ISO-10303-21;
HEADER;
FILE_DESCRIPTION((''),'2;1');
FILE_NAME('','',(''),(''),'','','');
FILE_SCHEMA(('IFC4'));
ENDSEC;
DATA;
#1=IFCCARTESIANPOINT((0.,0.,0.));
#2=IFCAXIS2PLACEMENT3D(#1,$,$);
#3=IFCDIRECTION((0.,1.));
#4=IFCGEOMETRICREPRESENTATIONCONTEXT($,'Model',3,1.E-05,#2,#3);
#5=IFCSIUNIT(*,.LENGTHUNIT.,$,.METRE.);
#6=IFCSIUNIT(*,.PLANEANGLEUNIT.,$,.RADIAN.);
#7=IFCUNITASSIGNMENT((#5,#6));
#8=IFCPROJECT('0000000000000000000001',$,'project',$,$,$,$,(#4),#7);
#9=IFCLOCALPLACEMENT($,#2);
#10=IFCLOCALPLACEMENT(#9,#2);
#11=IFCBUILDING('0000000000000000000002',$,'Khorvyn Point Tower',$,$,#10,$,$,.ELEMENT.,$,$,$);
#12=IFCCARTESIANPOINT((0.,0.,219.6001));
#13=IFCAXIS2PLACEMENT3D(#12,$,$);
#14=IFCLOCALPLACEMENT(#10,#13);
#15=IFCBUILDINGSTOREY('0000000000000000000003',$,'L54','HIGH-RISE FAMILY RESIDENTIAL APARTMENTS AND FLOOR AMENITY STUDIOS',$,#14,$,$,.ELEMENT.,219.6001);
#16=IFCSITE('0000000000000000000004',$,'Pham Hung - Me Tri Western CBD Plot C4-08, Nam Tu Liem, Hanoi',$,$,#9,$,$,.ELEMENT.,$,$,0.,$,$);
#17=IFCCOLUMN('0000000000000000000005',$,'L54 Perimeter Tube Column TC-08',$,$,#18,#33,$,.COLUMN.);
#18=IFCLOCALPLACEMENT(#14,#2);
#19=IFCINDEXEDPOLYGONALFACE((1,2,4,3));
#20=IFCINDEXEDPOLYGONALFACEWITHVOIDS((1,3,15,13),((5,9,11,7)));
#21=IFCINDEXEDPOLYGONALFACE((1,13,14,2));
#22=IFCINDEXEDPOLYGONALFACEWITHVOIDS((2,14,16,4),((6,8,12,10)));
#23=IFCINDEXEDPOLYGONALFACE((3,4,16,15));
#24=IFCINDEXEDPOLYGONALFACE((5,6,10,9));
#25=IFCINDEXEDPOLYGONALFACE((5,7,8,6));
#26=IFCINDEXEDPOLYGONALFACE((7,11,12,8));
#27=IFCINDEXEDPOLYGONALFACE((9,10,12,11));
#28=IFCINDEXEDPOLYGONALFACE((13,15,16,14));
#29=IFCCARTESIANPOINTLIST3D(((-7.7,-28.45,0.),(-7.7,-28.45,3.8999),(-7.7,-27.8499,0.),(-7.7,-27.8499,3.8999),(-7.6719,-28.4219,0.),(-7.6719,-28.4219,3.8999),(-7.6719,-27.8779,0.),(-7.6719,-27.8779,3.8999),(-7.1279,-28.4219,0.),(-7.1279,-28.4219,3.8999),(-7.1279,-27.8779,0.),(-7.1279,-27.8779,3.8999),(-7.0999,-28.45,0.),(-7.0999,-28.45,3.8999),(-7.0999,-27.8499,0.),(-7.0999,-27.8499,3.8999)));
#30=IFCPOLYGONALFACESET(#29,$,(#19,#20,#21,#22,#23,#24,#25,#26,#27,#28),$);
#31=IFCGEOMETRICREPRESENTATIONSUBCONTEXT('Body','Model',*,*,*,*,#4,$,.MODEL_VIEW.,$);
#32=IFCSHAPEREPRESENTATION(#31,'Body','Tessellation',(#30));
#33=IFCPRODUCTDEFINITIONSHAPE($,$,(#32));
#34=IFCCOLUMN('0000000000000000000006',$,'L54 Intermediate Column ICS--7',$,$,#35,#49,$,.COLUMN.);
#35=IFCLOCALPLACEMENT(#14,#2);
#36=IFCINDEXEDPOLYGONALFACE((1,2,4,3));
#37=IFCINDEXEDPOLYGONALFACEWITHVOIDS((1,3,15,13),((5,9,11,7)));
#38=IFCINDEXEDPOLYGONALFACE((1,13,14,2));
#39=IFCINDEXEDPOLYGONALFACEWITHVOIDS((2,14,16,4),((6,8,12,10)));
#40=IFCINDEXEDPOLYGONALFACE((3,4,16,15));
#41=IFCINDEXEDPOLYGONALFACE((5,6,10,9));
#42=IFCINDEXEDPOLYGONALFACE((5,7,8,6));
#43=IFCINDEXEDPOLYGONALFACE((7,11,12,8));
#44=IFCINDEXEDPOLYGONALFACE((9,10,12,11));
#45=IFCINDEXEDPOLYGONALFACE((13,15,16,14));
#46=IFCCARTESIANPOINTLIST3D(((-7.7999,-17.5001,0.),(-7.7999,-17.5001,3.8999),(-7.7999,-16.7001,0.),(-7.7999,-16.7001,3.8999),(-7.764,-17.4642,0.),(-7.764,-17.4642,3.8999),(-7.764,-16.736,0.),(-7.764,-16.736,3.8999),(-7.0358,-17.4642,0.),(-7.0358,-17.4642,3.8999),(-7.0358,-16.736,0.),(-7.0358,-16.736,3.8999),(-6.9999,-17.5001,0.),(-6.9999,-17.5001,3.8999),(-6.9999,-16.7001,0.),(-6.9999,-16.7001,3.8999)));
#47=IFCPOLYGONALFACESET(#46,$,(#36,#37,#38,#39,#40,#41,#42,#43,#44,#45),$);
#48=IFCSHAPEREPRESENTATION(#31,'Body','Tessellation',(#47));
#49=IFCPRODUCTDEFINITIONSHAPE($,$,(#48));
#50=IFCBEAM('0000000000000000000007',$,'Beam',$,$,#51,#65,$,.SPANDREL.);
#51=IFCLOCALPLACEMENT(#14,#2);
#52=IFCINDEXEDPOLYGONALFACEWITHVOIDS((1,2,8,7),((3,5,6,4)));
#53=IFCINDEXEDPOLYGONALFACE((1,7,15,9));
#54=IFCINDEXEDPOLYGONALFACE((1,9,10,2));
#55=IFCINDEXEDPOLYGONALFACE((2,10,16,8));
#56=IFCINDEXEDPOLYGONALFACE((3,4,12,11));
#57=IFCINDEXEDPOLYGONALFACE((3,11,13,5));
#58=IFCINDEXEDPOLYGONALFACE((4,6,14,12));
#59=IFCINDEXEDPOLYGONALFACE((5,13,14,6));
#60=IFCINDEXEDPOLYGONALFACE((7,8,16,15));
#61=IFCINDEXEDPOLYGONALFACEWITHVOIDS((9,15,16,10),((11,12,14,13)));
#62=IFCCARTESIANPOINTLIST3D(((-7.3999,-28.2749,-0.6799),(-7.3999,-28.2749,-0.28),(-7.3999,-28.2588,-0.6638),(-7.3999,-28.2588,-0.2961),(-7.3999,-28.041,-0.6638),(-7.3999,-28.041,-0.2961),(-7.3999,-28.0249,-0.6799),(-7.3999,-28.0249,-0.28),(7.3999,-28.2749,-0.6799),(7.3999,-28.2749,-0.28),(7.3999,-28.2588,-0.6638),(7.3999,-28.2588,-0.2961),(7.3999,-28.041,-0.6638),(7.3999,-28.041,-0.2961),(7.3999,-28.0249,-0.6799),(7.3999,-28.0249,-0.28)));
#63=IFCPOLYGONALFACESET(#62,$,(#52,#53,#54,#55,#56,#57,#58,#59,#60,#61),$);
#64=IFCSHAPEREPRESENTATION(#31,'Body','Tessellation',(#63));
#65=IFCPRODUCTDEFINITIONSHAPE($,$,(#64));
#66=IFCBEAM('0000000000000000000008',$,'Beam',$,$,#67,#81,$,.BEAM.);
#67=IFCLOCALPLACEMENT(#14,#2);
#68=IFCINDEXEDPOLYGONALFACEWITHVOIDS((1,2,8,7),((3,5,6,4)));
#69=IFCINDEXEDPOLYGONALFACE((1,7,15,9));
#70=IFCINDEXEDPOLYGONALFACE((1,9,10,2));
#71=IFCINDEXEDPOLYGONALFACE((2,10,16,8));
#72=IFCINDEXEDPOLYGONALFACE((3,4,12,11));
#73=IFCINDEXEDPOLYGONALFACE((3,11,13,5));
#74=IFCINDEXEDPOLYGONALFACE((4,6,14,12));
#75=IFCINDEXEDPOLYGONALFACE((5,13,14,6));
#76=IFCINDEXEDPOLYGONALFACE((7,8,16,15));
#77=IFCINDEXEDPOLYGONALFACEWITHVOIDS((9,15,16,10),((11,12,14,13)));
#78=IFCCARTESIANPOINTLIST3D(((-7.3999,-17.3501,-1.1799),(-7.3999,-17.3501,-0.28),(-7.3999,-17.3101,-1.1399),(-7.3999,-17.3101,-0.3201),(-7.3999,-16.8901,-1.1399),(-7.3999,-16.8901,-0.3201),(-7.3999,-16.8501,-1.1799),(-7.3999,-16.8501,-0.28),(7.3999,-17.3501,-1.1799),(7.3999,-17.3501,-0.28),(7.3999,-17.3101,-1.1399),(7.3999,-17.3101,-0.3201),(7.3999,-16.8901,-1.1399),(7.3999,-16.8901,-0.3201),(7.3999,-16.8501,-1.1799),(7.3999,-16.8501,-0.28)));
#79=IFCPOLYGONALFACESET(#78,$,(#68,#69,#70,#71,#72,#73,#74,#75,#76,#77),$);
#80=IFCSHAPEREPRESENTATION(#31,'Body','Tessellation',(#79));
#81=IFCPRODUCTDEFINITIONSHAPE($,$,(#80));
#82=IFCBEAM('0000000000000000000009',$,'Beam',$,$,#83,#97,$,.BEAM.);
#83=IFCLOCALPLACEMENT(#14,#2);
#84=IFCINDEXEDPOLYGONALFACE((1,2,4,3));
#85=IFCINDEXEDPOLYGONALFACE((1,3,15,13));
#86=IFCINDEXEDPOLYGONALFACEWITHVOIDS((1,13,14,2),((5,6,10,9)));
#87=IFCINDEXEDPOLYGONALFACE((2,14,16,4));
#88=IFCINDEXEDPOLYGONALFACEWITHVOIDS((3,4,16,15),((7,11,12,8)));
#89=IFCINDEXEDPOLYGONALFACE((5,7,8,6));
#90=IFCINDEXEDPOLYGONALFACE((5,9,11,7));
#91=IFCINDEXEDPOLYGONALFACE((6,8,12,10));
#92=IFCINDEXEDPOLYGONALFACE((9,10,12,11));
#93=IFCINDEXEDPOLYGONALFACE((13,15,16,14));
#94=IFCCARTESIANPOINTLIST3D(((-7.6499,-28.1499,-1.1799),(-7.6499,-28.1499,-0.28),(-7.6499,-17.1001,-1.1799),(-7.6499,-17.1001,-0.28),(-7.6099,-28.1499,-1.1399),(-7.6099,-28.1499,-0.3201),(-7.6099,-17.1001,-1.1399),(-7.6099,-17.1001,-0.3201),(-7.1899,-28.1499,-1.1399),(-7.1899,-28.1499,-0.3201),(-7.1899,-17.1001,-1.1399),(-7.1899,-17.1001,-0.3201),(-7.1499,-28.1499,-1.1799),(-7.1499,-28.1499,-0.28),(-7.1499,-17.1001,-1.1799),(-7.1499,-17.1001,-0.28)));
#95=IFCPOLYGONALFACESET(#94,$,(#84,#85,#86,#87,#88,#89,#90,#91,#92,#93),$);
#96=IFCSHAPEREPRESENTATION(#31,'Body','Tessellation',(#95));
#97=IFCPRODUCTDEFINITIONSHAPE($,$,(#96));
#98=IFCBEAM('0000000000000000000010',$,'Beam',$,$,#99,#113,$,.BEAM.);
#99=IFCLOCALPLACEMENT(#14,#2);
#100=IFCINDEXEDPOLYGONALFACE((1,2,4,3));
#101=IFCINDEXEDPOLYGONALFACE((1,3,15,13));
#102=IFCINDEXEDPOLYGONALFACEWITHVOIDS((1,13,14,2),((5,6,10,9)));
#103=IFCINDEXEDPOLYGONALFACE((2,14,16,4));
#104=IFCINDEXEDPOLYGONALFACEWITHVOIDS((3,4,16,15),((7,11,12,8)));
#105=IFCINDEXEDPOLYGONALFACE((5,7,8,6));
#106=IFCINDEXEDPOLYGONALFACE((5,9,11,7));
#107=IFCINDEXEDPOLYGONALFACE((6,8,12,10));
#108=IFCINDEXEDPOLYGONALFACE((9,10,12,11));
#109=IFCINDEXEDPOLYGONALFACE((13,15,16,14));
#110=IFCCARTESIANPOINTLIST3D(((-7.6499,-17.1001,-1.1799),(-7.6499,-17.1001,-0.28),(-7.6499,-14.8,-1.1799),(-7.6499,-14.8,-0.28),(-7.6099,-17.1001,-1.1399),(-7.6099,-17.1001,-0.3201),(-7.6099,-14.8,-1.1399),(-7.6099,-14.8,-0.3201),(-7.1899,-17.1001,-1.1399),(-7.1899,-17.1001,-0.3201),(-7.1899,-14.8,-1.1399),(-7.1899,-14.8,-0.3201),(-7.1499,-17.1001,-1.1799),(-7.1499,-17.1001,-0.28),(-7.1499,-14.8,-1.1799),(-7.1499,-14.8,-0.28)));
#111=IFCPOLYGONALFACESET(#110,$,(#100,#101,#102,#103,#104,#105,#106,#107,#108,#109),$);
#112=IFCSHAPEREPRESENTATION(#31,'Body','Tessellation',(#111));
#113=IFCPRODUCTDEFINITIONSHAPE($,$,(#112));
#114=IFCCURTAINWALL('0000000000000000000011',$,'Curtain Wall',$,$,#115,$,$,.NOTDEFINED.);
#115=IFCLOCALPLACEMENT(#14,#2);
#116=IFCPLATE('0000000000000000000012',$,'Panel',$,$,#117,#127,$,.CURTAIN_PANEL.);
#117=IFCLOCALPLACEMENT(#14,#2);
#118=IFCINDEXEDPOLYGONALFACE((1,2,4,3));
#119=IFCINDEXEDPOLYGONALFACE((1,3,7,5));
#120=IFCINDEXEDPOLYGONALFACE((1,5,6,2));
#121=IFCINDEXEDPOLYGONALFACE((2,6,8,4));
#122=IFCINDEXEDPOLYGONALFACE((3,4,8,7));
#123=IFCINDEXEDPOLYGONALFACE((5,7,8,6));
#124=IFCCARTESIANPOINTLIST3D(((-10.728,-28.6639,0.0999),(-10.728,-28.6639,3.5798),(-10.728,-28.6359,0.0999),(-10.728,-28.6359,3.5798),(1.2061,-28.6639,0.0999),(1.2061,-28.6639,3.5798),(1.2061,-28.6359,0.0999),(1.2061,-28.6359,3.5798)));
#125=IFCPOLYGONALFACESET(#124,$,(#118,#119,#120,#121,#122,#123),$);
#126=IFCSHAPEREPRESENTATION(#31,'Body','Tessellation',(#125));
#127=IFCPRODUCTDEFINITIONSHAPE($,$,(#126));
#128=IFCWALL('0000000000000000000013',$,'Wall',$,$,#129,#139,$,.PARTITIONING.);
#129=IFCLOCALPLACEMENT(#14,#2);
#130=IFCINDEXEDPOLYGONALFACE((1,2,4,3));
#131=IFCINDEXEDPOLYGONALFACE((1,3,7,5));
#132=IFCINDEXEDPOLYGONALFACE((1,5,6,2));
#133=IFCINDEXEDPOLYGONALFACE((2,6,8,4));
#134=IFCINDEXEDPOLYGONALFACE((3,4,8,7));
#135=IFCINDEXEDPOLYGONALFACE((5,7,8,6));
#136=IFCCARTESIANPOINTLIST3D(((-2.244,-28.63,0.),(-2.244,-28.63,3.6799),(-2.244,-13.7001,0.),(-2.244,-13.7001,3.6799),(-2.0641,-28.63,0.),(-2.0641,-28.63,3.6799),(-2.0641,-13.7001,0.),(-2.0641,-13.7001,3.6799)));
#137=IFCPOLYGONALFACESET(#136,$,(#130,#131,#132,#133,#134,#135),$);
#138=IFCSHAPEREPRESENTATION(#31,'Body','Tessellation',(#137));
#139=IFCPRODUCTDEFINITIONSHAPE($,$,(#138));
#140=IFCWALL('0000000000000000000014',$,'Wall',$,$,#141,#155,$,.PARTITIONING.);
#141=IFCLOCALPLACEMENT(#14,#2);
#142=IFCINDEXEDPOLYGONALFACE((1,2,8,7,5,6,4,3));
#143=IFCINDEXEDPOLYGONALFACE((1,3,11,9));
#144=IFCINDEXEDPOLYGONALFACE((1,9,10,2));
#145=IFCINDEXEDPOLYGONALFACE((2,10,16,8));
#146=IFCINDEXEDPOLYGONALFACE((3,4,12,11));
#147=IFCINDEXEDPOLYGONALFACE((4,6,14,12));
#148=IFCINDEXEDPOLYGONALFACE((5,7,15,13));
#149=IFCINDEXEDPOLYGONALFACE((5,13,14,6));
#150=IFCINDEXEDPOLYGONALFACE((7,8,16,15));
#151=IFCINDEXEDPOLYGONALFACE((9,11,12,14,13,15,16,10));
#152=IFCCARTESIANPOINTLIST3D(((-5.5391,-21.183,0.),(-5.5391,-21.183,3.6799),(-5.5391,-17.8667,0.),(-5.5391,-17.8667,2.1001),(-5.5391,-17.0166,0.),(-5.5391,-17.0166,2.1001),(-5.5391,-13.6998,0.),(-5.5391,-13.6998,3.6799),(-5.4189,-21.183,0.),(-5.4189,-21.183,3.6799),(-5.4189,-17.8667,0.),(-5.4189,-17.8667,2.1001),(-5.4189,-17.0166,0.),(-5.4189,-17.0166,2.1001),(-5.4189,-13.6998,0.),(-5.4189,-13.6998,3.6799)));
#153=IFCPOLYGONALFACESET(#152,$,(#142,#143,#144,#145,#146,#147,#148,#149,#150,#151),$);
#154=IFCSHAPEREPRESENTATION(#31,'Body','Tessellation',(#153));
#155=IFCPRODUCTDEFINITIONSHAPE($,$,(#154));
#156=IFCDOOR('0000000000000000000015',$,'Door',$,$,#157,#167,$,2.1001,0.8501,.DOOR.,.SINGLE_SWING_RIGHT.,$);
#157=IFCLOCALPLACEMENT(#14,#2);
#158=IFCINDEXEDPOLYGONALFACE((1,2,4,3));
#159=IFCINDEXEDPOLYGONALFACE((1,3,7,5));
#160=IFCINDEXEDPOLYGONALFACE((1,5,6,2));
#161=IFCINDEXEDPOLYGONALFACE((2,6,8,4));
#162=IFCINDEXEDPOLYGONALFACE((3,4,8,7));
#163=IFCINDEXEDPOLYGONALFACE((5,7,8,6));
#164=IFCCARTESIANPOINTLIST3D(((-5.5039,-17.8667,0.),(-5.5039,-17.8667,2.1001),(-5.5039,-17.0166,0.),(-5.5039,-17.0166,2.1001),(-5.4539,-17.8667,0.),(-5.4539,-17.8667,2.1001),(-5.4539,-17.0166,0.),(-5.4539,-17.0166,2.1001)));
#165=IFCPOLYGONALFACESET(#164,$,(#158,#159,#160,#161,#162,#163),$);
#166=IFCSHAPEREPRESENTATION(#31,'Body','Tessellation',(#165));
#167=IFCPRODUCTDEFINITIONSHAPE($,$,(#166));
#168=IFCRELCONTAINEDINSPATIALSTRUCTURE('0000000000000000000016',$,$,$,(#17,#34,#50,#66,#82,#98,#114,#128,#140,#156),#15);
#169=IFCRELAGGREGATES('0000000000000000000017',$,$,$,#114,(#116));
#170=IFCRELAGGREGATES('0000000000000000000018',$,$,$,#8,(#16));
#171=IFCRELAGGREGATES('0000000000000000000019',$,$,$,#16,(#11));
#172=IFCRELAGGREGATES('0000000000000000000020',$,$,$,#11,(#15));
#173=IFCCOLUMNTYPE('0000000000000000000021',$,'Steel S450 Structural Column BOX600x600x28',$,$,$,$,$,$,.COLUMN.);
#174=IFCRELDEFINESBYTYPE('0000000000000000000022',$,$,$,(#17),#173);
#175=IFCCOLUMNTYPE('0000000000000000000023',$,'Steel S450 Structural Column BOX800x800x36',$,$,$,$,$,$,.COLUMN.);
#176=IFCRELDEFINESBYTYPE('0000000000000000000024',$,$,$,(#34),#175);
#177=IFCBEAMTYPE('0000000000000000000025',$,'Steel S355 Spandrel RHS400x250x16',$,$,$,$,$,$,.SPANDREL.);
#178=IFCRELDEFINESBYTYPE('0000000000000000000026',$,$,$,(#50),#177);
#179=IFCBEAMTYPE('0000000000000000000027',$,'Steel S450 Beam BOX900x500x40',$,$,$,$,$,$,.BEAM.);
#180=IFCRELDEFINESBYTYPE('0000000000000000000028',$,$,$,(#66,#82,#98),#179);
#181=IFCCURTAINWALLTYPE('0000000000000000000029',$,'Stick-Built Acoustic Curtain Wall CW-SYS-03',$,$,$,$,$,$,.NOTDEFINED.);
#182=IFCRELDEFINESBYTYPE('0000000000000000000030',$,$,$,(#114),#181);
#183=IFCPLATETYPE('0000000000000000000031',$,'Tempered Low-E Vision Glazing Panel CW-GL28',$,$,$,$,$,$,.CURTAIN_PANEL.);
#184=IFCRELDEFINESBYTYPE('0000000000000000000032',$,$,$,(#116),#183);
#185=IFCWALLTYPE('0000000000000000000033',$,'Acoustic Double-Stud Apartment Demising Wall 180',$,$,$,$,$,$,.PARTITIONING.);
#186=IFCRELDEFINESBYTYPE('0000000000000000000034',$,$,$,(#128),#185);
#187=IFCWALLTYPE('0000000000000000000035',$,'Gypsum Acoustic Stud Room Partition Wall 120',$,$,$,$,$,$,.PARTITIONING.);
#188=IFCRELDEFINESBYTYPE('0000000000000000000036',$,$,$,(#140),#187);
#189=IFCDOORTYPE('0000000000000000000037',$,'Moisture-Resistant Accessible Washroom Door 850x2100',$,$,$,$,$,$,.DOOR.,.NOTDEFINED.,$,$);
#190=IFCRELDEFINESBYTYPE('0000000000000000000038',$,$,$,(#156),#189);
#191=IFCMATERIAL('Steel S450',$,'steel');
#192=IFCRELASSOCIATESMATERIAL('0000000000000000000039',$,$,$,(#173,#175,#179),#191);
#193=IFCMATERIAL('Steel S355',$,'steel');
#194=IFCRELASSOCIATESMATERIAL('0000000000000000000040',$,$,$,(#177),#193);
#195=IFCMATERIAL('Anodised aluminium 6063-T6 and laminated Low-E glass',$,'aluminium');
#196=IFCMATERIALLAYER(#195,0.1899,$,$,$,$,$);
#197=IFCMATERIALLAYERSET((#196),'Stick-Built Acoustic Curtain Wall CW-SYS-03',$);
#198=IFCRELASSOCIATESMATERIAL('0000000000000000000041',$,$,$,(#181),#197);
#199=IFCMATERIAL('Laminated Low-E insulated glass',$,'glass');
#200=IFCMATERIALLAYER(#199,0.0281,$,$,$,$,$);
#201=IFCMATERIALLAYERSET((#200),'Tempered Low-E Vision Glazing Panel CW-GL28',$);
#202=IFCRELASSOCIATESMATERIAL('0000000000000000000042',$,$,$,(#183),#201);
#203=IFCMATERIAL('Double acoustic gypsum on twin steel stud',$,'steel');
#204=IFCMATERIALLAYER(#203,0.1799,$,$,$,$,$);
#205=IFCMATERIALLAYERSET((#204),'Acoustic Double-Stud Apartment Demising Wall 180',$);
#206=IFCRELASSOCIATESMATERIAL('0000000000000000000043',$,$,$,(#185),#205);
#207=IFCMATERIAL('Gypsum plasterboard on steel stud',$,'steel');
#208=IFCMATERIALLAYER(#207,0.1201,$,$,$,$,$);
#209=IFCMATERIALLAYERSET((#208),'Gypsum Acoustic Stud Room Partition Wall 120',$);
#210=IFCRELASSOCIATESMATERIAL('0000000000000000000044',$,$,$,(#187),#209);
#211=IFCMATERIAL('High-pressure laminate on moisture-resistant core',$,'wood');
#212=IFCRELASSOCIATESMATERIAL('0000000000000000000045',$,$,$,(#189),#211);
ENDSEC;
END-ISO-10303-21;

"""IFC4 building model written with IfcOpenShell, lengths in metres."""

from ifc_helpers import new_model, si_unit, direction, frame, frame_2d, origin, origin_2d, place, context, subcontext, project, spatial, rectangle, hollow_rectangle, extrude, material, layer, layer_set, material_profile, profile_set, type_object, element, fill, aggregate, save


model = new_model("IFC4")

# Units and contexts
model_context = context("Model", 3, precision=1e-05, world=origin(), true_north=direction((0.0, 1.0)))
body_context = subcontext(model_context, "Body", "Model", "MODEL_VIEW")
ifc_project = project(units=[si_unit("LENGTHUNIT", "METRE"), si_unit("PLANEANGLEUNIT", "RADIAN")], contexts=[model_context])

# Site, building, storey
site_placement = place(None, origin())
site = spatial("IfcSite", under=ifc_project, at=site_placement, Name="Pham Hung - Me Tri Western CBD Plot C4-08, Nam Tu Liem, Hanoi", CompositionType="ELEMENT", RefElevation=0.0)
building_placement = place(site_placement, origin())
building = spatial("IfcBuilding", under=site, at=building_placement, Name="Khorvyn Point Tower", CompositionType="ELEMENT")
storey_placement = place(building_placement, frame((0.0, 0.0, 219.6001)))
storey = spatial("IfcBuildingStorey", under=building, at=storey_placement, Name="L54", Description="HIGH-RISE FAMILY RESIDENTIAL APARTMENTS AND FLOOR AMENITY STUDIOS", CompositionType="ELEMENT", Elevation=219.6001)

# Columns
ifc_material_1 = material(Name="Steel S450", Category="steel")
ifc_material_profile_1 = material_profile(ifc_material_1, hollow_rectangle(XDim=0.6001, YDim=0.6001, WallThickness=0.0281, at=origin_2d()))
ifc_profile_set_1 = profile_set([ifc_material_profile_1], Name="Steel S450 BOX600x600x28")
column_type_1 = type_object("IfcColumnType", Name="Steel S450 Structural Column BOX600x600x28", PredefinedType="COLUMN", material=ifc_profile_set_1)
column_1_placement = place(storey_placement, frame((-7.3999, -28.1499, 0.0), z_axis=(0.0, 0.0, 1.0), x_axis=(1.0, 0.0, 0.0)))
element("IfcColumn", 1, at=column_1_placement, inside=storey, type_object=column_type_1, Name="L54 Perimeter Tube Column TC-08", PredefinedType="COLUMN", context=body_context, shape_type="SweptSolid", body=[
    extrude(hollow_rectangle(XDim=0.6001, YDim=0.6001, WallThickness=0.0281, at=origin_2d()), origin(), (0.0, 0.0, 1.0), 3.8999),
])
ifc_material_profile_2 = material_profile(ifc_material_1, hollow_rectangle(XDim=0.8, YDim=0.8, WallThickness=0.0359, at=origin_2d()))
ifc_profile_set_2 = profile_set([ifc_material_profile_2], Name="Steel S450 BOX800x800x36")
column_type_2 = type_object("IfcColumnType", Name="Steel S450 Structural Column BOX800x800x36", PredefinedType="COLUMN", material=ifc_profile_set_2)
column_2_placement = place(storey_placement, frame((-7.3999, -17.1001, 0.0), z_axis=(0.0, 0.0, 1.0), x_axis=(1.0, 0.0, 0.0)))
element("IfcColumn", 2, at=column_2_placement, inside=storey, type_object=column_type_2, Name="L54 Intermediate Column ICS--7", PredefinedType="COLUMN", context=body_context, shape_type="SweptSolid", body=[
    extrude(hollow_rectangle(XDim=0.8, YDim=0.8, WallThickness=0.0359, at=origin_2d()), origin(), (0.0, 0.0, 1.0), 3.8999),
])

# Beams
ifc_material_2 = material(Name="Steel S355", Category="steel")
ifc_material_profile_3 = material_profile(ifc_material_2, hollow_rectangle(XDim=0.25, YDim=0.3999, WallThickness=0.0161, at=origin_2d()))
ifc_profile_set_3 = profile_set([ifc_material_profile_3], Name="Steel S355 RHS400x250x16")
beam_type_1 = type_object("IfcBeamType", Name="Steel S355 Spandrel RHS400x250x16", PredefinedType="SPANDREL", material=ifc_profile_set_3)
beam_1_placement = place(storey_placement, frame((-7.3999, -28.1499, -0.48), z_axis=(1.0, 0.0, 0.0), x_axis=(0.0, 1.0, 0.0)))
element("IfcBeam", 3, at=beam_1_placement, inside=storey, type_object=beam_type_1, Name="Beam", PredefinedType="SPANDREL", context=body_context, shape_type="SweptSolid", body=[
    extrude(hollow_rectangle(XDim=0.25, YDim=0.3999, WallThickness=0.0161, at=origin_2d()), origin(), (0.0, 0.0, 1.0), 14.7998),
])
ifc_material_profile_4 = material_profile(ifc_material_1, hollow_rectangle(XDim=0.5, YDim=0.8999, WallThickness=0.04, at=origin_2d()))
ifc_profile_set_4 = profile_set([ifc_material_profile_4], Name="Steel S450 BOX900x500x40")
beam_type_2 = type_object("IfcBeamType", Name="Steel S450 Beam BOX900x500x40", PredefinedType="BEAM", material=ifc_profile_set_4)
beam_2_placement = place(storey_placement, frame((-7.3999, -17.1001, -0.73), z_axis=(1.0, 0.0, 0.0), x_axis=(0.0, 1.0, 0.0)))
element("IfcBeam", 4, at=beam_2_placement, inside=storey, type_object=beam_type_2, Name="Beam", PredefinedType="BEAM", context=body_context, shape_type="SweptSolid", body=[
    extrude(hollow_rectangle(XDim=0.5, YDim=0.8999, WallThickness=0.04, at=origin_2d()), origin(), (0.0, 0.0, 1.0), 14.7998),
])
beam_3_placement = place(storey_placement, frame((-7.3999, -28.1499, -0.73), z_axis=(0.0, 1.0, 0.0), x_axis=(-1.0, 0.0, 0.0)))
element("IfcBeam", 5, at=beam_3_placement, inside=storey, type_object=beam_type_2, Name="Beam", PredefinedType="BEAM", context=body_context, shape_type="SweptSolid", body=[
    extrude(hollow_rectangle(XDim=0.5, YDim=0.8999, WallThickness=0.04, at=origin_2d()), origin(), (0.0, 0.0, 1.0), 11.0498),
])
beam_4_placement = place(storey_placement, frame((-7.3999, -17.1001, -0.73), z_axis=(0.0, 1.0, 0.0), x_axis=(-1.0, 0.0, 0.0)))
element("IfcBeam", 6, at=beam_4_placement, inside=storey, type_object=beam_type_2, Name="Beam", PredefinedType="BEAM", context=body_context, shape_type="SweptSolid", body=[
    extrude(hollow_rectangle(XDim=0.5, YDim=0.8999, WallThickness=0.04, at=origin_2d()), origin(), (0.0, 0.0, 1.0), 2.3),
])

# Curtain wall, plate
ifc_material_3 = material(Name="Anodised aluminium 6063-T6 and laminated Low-E glass", Category="aluminium")
ifc_layer_1 = layer(ifc_material_3, 0.1899)
ifc_layer_set_1 = layer_set([ifc_layer_1], Name="Stick-Built Acoustic Curtain Wall CW-SYS-03")
curtain_wall_type = type_object("IfcCurtainWallType", Name="Stick-Built Acoustic Curtain Wall CW-SYS-03", PredefinedType="NOTDEFINED", material=ifc_layer_set_1)
curtain_wall_placement = place(storey_placement, origin())
curtain_wall = element("IfcCurtainWall", 7, at=curtain_wall_placement, inside=storey, type_object=curtain_wall_type, Name="Curtain Wall", PredefinedType="NOTDEFINED")
ifc_material_4 = material(Name="Laminated Low-E insulated glass", Category="glass")
ifc_layer_2 = layer(ifc_material_4, 0.0281)
ifc_layer_set_2 = layer_set([ifc_layer_2], Name="Tempered Low-E Vision Glazing Panel CW-GL28")
plate_type = type_object("IfcPlateType", Name="Tempered Low-E Vision Glazing Panel CW-GL28", PredefinedType="CURTAIN_PANEL", material=ifc_layer_set_2)
plate_placement = place(storey_placement, frame((-4.761, -28.6499, 0.0999), z_axis=(0.0, 0.0, 1.0), x_axis=(-1.0, 0.0, 0.0)))
plate = element("IfcPlate", 8, at=plate_placement, type_object=plate_type, Name="Panel", PredefinedType="CURTAIN_PANEL", context=body_context, shape_type="SweptSolid", body=[
    extrude(rectangle(XDim=11.9341, YDim=0.0281, at=origin_2d()), origin(), (0.0, 0.0, 1.0), 3.48),
])
aggregate(curtain_wall, [plate])

# Wall
ifc_material_5 = material(Name="Double acoustic gypsum on twin steel stud", Category="steel")
ifc_layer_3 = layer(ifc_material_5, 0.1799)
ifc_layer_set_3 = layer_set([ifc_layer_3], Name="Acoustic Double-Stud Apartment Demising Wall 180")
wall_type_1 = type_object("IfcWallType", Name="Acoustic Double-Stud Apartment Demising Wall 180", PredefinedType="PARTITIONING", material=ifc_layer_set_3)
wall_1_placement = place(storey_placement, frame((-2.1541, -28.6299, 0.0), z_axis=(0.0, 0.0, 1.0), x_axis=(0.0, 1.0, 0.0)))
element("IfcWall", 9, at=wall_1_placement, inside=storey, type_object=wall_type_1, Name="Wall", PredefinedType="PARTITIONING", context=body_context, shape_type="SweptSolid", body=[
    extrude(rectangle(XDim=14.9299, YDim=0.1799, at=frame_2d((7.4648, 0.0))), origin(), (0.0, 0.0, 1.0), 3.6799),
])

# Wall, opening, door
ifc_material_6 = material(Name="Gypsum plasterboard on steel stud", Category="steel")
ifc_layer_4 = layer(ifc_material_6, 0.1201)
ifc_layer_set_4 = layer_set([ifc_layer_4], Name="Gypsum Acoustic Stud Room Partition Wall 120")
wall_type_2 = type_object("IfcWallType", Name="Gypsum Acoustic Stud Room Partition Wall 120", PredefinedType="PARTITIONING", material=ifc_layer_set_4)
wall_2_placement = place(storey_placement, frame((-5.479, -21.1831, 0.0), z_axis=(0.0, 0.0, 1.0), x_axis=(0.0, 1.0, 0.0)))
wall_2 = element("IfcWall", 10, at=wall_2_placement, inside=storey, type_object=wall_type_2, Name="Wall", PredefinedType="PARTITIONING", context=body_context, shape_type="SweptSolid", body=[
    extrude(rectangle(XDim=7.4832, YDim=0.1201, at=frame_2d((3.7417, 0.0))), origin(), (0.0, 0.0, 1.0), 3.6799),
])
opening_1_placement = place(wall_2_placement, frame((3.3164, 0.0, 0.0)))
opening_1 = element("IfcOpeningElement", 11, at=opening_1_placement, cuts=wall_2, PredefinedType="OPENING", context=body_context, shape_type="SweptSolid", body=[
    extrude(rectangle(XDim=0.8501, YDim=2.1001, at=frame_2d((0.425, 1.05))), frame((0.0, 0.0701, 0.0), z_axis=(0.0, -1.0, 0.0), x_axis=(1.0, 0.0, 0.0)), (0.0, 0.0, 1.0), 0.1401),
])
ifc_material_7 = material(Name="High-pressure laminate on moisture-resistant core", Category="wood")
door_type_1 = type_object("IfcDoorType", Name="Moisture-Resistant Accessible Washroom Door 850x2100", OperationType="NOTDEFINED", PredefinedType="DOOR", material=ifc_material_7)
door_1_placement = place(opening_1_placement, origin())
door_1 = element("IfcDoor", 12, at=door_1_placement, inside=storey, type_object=door_type_1, Name="Door", OperationType="SINGLE_SWING_RIGHT", OverallHeight=2.1001, OverallWidth=0.8501, PredefinedType="DOOR", context=body_context, shape_type="SweptSolid", body=[
    extrude(rectangle(XDim=0.8501, YDim=2.1001, at=frame_2d((0.425, 1.05))), frame((0.0, 0.0249, 0.0), z_axis=(0.0, -1.0, 0.0), x_axis=(1.0, 0.0, 0.0)), (0.0, 0.0, 1.0), 0.05),
])
fill(opening_1, door_1)

save(model, "model.ifc")
